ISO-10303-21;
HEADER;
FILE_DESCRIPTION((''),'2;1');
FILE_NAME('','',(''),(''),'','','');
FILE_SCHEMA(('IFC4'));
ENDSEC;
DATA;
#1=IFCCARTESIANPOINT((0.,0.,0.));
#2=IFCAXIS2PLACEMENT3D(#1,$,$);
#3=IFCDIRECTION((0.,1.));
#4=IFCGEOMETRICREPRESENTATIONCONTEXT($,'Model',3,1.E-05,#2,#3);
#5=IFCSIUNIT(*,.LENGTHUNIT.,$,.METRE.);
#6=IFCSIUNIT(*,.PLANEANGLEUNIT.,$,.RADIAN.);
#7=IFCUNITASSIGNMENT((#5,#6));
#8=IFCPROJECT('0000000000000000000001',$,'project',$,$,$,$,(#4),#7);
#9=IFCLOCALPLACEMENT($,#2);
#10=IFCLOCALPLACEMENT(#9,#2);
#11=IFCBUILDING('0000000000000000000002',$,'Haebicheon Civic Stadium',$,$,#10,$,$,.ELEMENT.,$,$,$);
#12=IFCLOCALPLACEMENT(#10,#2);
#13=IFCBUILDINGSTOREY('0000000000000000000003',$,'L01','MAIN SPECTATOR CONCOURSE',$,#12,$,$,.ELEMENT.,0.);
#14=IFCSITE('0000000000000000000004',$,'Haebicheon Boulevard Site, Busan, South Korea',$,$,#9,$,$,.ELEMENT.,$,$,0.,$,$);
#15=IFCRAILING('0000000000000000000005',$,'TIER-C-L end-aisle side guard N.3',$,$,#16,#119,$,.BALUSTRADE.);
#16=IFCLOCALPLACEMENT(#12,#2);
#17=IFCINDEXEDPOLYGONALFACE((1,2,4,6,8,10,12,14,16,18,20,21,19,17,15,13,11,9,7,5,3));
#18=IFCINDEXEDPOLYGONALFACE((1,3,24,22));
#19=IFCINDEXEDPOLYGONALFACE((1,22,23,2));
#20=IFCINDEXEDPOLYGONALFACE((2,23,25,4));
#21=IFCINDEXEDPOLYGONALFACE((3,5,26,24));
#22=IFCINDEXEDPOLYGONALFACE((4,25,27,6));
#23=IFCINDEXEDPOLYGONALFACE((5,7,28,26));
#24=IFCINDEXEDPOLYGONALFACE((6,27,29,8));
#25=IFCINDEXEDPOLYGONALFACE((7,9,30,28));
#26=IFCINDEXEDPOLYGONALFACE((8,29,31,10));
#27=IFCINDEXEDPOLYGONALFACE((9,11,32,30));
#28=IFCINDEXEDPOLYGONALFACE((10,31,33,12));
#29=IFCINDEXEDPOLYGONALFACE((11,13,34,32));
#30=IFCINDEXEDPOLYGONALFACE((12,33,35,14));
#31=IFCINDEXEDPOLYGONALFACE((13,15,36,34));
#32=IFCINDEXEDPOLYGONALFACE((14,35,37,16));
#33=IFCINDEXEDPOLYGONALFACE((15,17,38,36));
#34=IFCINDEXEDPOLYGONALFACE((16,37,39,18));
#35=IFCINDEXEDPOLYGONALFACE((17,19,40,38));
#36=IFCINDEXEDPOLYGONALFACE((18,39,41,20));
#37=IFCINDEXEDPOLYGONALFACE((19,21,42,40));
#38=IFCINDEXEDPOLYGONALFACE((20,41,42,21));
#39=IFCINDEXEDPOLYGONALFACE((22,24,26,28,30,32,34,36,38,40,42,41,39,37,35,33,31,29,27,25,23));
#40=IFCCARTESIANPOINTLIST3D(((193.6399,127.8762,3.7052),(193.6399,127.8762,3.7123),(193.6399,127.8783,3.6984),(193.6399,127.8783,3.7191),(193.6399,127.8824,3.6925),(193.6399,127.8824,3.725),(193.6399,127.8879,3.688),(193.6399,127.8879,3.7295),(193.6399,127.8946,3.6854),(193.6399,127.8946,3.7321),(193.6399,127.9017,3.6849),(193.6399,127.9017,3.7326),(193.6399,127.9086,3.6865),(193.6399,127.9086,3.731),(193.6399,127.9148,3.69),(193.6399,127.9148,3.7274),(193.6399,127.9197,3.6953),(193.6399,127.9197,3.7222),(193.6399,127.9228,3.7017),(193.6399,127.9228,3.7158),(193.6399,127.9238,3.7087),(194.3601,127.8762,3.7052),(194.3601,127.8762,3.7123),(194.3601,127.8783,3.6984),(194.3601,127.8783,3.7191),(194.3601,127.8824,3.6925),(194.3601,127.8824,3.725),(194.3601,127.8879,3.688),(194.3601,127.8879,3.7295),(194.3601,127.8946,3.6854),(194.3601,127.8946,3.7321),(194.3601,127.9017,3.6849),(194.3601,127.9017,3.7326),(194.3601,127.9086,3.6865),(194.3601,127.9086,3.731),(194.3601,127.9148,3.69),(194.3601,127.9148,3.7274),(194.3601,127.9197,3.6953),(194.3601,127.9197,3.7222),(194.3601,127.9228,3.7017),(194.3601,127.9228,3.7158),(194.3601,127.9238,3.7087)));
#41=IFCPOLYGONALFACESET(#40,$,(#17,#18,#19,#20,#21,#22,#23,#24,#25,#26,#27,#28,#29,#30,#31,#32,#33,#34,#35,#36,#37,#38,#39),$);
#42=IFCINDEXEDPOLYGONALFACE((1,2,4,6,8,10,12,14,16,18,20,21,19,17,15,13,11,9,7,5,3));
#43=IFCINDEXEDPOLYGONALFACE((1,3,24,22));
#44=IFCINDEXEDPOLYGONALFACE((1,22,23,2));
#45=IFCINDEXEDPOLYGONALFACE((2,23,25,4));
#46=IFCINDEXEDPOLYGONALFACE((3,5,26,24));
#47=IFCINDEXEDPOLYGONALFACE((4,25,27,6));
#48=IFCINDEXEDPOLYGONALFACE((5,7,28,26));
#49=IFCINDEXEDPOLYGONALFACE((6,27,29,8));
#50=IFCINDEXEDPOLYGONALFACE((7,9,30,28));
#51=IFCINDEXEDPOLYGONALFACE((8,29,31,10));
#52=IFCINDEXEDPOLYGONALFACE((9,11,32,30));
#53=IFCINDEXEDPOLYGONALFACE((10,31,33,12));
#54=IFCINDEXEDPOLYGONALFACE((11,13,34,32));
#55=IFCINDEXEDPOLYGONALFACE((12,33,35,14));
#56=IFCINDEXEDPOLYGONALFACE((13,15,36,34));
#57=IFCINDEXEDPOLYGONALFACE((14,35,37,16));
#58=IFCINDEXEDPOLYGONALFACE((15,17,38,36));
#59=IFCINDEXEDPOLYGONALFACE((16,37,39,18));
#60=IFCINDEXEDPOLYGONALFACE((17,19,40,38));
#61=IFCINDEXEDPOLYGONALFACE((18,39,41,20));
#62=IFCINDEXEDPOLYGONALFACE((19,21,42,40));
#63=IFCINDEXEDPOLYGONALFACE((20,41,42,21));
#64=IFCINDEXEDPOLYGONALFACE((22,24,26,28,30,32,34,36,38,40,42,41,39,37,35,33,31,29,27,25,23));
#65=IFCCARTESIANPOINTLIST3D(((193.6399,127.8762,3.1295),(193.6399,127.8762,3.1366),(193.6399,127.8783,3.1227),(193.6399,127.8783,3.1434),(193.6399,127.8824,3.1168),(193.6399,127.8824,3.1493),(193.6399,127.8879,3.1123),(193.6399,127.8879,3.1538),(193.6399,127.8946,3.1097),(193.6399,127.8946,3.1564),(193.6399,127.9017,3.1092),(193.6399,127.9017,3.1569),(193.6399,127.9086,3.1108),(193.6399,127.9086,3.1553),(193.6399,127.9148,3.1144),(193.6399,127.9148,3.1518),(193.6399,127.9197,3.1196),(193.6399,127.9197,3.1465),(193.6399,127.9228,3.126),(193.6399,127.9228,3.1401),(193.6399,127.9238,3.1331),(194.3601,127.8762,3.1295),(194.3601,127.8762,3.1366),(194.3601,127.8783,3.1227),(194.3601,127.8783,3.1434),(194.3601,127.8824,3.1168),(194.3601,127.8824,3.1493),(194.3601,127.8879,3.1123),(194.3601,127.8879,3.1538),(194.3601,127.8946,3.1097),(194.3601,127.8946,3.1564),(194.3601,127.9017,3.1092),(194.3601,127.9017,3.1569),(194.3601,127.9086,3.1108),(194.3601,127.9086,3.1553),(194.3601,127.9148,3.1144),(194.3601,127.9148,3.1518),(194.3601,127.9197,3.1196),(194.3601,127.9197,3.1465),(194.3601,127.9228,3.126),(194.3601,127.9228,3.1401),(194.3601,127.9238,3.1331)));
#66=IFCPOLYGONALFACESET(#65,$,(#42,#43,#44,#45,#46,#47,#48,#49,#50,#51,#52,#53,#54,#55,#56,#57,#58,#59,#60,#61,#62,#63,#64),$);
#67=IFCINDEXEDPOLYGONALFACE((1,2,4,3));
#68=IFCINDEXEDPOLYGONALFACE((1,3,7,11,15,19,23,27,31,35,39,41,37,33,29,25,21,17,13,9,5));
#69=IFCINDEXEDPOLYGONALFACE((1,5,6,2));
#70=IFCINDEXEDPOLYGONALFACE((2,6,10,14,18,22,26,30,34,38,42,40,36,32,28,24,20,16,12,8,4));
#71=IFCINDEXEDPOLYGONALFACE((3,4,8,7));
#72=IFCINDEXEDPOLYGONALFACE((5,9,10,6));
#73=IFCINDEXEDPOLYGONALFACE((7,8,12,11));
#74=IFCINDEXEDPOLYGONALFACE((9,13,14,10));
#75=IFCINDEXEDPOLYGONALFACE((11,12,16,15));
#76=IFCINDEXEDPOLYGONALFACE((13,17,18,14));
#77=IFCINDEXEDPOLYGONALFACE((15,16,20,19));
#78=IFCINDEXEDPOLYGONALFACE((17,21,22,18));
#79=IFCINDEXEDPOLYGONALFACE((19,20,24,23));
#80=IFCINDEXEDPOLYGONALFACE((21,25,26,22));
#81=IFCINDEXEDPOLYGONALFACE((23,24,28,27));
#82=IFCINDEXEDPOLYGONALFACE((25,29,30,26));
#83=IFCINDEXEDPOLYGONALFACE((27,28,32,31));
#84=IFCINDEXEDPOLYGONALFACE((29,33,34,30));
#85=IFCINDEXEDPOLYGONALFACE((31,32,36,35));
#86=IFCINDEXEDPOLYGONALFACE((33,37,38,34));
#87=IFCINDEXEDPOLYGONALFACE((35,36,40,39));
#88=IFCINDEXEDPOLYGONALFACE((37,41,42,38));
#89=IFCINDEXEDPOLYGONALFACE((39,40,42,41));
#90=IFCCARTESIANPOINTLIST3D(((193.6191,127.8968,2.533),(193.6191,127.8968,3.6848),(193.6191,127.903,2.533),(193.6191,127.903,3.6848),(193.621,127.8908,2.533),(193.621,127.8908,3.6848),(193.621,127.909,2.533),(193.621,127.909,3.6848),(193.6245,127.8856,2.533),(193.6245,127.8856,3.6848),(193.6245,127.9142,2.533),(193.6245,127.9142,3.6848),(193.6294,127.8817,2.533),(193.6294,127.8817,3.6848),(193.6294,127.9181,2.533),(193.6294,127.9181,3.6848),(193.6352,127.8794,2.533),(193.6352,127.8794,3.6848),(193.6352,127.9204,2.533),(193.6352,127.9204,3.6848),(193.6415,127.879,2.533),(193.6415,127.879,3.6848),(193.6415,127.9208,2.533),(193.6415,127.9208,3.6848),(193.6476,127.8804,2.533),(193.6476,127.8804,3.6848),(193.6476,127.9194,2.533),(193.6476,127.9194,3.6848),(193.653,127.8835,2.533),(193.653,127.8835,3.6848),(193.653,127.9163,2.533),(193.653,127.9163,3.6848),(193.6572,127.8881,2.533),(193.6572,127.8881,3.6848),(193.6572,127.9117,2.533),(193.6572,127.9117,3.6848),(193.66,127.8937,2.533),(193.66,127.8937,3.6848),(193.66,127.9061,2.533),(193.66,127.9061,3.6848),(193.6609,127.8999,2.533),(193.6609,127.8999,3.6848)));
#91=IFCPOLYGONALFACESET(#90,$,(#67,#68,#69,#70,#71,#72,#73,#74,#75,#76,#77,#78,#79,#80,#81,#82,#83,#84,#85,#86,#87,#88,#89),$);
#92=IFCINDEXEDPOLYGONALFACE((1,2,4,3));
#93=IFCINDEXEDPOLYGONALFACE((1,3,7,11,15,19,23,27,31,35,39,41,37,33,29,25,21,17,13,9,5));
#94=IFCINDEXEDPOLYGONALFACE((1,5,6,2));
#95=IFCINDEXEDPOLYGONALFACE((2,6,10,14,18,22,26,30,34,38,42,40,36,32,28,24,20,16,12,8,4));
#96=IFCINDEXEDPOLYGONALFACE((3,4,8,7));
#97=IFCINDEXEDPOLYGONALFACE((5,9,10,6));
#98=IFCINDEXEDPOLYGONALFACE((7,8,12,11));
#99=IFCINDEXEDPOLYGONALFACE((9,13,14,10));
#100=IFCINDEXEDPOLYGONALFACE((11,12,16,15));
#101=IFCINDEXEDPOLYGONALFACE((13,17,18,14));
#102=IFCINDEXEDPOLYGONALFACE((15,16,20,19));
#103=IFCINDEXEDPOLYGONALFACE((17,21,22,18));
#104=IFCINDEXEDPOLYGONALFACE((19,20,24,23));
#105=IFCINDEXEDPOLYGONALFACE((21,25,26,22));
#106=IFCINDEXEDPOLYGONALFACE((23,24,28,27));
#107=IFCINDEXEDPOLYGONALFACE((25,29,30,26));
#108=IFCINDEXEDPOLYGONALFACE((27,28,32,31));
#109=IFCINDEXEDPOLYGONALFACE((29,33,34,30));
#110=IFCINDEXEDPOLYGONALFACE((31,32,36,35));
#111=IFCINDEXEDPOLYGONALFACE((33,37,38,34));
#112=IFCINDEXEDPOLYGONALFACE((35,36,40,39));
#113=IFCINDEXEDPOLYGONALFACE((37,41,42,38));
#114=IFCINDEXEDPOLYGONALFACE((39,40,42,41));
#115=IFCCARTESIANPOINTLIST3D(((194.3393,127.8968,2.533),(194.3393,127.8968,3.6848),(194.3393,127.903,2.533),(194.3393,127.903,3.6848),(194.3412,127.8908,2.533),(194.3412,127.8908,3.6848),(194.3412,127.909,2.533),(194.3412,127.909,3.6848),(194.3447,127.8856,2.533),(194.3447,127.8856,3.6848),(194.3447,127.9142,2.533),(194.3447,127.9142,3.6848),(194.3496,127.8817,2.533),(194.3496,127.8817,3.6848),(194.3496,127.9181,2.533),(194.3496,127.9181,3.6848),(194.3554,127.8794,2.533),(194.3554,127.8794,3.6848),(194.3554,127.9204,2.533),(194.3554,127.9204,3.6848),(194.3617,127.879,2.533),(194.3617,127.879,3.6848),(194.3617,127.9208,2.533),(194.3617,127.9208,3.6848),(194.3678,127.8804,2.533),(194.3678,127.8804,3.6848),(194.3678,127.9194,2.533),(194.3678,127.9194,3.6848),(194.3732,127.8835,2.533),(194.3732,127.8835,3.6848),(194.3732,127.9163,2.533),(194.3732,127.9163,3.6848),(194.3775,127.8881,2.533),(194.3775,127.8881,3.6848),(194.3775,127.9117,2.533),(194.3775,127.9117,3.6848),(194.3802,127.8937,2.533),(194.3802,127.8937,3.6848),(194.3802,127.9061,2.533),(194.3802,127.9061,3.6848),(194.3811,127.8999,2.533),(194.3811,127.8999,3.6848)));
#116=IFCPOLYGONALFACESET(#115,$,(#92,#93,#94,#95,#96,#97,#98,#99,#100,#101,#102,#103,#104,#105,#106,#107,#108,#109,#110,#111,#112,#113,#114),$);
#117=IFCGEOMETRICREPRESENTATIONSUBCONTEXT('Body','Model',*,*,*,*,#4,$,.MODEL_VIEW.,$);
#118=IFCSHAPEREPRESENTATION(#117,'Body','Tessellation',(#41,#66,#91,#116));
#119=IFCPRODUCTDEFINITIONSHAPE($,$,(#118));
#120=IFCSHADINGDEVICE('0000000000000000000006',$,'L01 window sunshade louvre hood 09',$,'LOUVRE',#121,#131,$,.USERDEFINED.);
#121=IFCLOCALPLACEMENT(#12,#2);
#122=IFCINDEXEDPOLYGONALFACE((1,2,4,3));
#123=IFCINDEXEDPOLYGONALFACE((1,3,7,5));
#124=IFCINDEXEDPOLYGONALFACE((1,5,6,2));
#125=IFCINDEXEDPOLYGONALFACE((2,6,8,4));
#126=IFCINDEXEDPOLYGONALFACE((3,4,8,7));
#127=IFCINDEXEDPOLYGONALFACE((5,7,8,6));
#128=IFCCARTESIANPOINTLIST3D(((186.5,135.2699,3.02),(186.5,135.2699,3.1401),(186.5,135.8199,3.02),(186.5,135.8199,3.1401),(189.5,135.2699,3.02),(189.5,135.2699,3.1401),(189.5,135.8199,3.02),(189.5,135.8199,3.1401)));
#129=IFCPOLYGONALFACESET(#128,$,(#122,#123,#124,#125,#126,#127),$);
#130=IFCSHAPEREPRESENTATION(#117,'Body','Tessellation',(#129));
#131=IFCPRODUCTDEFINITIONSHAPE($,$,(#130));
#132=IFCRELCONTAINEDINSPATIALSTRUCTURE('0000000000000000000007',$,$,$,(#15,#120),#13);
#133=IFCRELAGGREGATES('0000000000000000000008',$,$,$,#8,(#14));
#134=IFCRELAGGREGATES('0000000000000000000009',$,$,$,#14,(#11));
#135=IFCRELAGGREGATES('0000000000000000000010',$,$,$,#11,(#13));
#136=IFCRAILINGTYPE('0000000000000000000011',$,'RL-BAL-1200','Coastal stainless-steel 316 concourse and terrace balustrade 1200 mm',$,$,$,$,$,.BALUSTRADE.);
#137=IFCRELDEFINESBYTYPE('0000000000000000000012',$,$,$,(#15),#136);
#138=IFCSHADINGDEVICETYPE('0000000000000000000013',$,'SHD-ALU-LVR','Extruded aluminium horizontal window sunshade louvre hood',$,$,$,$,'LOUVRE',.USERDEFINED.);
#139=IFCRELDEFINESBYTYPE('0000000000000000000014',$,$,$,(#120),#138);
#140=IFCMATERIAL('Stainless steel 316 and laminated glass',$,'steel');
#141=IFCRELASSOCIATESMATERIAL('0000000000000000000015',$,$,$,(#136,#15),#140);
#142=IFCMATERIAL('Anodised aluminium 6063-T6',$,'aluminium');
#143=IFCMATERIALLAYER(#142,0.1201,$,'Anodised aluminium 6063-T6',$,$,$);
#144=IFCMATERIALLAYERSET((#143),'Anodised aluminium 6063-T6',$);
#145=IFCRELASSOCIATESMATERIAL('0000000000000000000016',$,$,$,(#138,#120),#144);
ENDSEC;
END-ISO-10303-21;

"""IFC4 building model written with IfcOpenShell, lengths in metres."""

from ifc_helpers import new_model, si_unit, direction, frame, origin, origin_2d, place, context, subcontext, project, spatial, rectangle, circle, extrude, material, layer, layer_set, type_object, element, save


model = new_model("IFC4")

# Units and contexts
model_context = context("Model", 3, precision=1e-05, world=origin(), true_north=direction((0.0, 1.0)))
body_context = subcontext(model_context, "Body", "Model", "MODEL_VIEW")
ifc_project = project(units=[si_unit("LENGTHUNIT", "METRE"), si_unit("PLANEANGLEUNIT", "RADIAN")], contexts=[model_context])

# Site, building, storey
site_placement = place(None, origin())
site = spatial("IfcSite", under=ifc_project, at=site_placement, Name="Haebicheon Boulevard Site, Busan, South Korea", CompositionType="ELEMENT", RefElevation=0.0)
building_placement = place(site_placement, origin())
building = spatial("IfcBuilding", under=site, at=building_placement, Name="Haebicheon Civic Stadium", CompositionType="ELEMENT")
storey_placement = place(building_placement, origin())
storey = spatial("IfcBuildingStorey", under=building, at=storey_placement, Name="L01", Description="MAIN SPECTATOR CONCOURSE", CompositionType="ELEMENT", Elevation=0.0)

# Railing
ifc_material_1 = material(Name="Stainless steel 316 and laminated glass", Category="steel")
railing_type = type_object("IfcRailingType", Name="RL-BAL-1200", Description="Coastal stainless-steel 316 concourse and terrace balustrade 1200 mm", PredefinedType="BALUSTRADE", material=ifc_material_1)
railing_placement = place(storey_placement, frame((193.6399, 127.8999, 2.533)))
element("IfcRailing", 1, at=railing_placement, inside=storey, type_object=railing_type, material=ifc_material_1, Name="TIER-C-L end-aisle side guard N.3", PredefinedType="BALUSTRADE", context=body_context, shape_type="SweptSolid", body=[
    extrude(circle(Radius=0.0239, at=origin_2d()), frame((0.0, 0.0, 1.1758), z_axis=(1.0, 0.0, 0.0), x_axis=(0.0, 1.0, 0.0)), (0.0, 0.0, 1.0), 0.7202),
    extrude(circle(Radius=0.0239, at=origin_2d()), frame((0.0, 0.0, 0.6001), z_axis=(1.0, 0.0, 0.0), x_axis=(0.0, 1.0, 0.0)), (0.0, 0.0, 1.0), 0.7202),
    extrude(circle(Radius=0.021, at=origin_2d()), origin(), (0.0, 0.0, 1.0), 1.1519),
    extrude(circle(Radius=0.021, at=origin_2d()), frame((0.7202, 0.0, 0.0)), (0.0, 0.0, 1.0), 1.1519),
])

# Shading device
ifc_material_2 = material(Name="Anodised aluminium 6063-T6", Category="aluminium")
ifc_layer_1 = layer(ifc_material_2, 0.1201, Name="Anodised aluminium 6063-T6")
ifc_layer_set_1 = layer_set([ifc_layer_1], Name="Anodised aluminium 6063-T6")
shading_device_type = type_object("IfcShadingDeviceType", Name="SHD-ALU-LVR", Description="Extruded aluminium horizontal window sunshade louvre hood", ElementType="LOUVRE", PredefinedType="USERDEFINED", material=ifc_layer_set_1)
shading_device_placement = place(storey_placement, frame((188.0, 135.5449, 3.02), z_axis=(0.0, 0.0, 1.0), x_axis=(1.0, 0.0, 0.0)))
element("IfcShadingDevice", 2, at=shading_device_placement, inside=storey, type_object=shading_device_type, material=ifc_layer_set_1, Name="L01 window sunshade louvre hood 09", ObjectType="LOUVRE", PredefinedType="USERDEFINED", context=body_context, shape_type="SweptSolid", body=[
    extrude(rectangle(XDim=3.0, YDim=0.55, at=origin_2d()), origin(), (0.0, 0.0, 1.0), 0.1201),
])

save(model, "model.ifc")
